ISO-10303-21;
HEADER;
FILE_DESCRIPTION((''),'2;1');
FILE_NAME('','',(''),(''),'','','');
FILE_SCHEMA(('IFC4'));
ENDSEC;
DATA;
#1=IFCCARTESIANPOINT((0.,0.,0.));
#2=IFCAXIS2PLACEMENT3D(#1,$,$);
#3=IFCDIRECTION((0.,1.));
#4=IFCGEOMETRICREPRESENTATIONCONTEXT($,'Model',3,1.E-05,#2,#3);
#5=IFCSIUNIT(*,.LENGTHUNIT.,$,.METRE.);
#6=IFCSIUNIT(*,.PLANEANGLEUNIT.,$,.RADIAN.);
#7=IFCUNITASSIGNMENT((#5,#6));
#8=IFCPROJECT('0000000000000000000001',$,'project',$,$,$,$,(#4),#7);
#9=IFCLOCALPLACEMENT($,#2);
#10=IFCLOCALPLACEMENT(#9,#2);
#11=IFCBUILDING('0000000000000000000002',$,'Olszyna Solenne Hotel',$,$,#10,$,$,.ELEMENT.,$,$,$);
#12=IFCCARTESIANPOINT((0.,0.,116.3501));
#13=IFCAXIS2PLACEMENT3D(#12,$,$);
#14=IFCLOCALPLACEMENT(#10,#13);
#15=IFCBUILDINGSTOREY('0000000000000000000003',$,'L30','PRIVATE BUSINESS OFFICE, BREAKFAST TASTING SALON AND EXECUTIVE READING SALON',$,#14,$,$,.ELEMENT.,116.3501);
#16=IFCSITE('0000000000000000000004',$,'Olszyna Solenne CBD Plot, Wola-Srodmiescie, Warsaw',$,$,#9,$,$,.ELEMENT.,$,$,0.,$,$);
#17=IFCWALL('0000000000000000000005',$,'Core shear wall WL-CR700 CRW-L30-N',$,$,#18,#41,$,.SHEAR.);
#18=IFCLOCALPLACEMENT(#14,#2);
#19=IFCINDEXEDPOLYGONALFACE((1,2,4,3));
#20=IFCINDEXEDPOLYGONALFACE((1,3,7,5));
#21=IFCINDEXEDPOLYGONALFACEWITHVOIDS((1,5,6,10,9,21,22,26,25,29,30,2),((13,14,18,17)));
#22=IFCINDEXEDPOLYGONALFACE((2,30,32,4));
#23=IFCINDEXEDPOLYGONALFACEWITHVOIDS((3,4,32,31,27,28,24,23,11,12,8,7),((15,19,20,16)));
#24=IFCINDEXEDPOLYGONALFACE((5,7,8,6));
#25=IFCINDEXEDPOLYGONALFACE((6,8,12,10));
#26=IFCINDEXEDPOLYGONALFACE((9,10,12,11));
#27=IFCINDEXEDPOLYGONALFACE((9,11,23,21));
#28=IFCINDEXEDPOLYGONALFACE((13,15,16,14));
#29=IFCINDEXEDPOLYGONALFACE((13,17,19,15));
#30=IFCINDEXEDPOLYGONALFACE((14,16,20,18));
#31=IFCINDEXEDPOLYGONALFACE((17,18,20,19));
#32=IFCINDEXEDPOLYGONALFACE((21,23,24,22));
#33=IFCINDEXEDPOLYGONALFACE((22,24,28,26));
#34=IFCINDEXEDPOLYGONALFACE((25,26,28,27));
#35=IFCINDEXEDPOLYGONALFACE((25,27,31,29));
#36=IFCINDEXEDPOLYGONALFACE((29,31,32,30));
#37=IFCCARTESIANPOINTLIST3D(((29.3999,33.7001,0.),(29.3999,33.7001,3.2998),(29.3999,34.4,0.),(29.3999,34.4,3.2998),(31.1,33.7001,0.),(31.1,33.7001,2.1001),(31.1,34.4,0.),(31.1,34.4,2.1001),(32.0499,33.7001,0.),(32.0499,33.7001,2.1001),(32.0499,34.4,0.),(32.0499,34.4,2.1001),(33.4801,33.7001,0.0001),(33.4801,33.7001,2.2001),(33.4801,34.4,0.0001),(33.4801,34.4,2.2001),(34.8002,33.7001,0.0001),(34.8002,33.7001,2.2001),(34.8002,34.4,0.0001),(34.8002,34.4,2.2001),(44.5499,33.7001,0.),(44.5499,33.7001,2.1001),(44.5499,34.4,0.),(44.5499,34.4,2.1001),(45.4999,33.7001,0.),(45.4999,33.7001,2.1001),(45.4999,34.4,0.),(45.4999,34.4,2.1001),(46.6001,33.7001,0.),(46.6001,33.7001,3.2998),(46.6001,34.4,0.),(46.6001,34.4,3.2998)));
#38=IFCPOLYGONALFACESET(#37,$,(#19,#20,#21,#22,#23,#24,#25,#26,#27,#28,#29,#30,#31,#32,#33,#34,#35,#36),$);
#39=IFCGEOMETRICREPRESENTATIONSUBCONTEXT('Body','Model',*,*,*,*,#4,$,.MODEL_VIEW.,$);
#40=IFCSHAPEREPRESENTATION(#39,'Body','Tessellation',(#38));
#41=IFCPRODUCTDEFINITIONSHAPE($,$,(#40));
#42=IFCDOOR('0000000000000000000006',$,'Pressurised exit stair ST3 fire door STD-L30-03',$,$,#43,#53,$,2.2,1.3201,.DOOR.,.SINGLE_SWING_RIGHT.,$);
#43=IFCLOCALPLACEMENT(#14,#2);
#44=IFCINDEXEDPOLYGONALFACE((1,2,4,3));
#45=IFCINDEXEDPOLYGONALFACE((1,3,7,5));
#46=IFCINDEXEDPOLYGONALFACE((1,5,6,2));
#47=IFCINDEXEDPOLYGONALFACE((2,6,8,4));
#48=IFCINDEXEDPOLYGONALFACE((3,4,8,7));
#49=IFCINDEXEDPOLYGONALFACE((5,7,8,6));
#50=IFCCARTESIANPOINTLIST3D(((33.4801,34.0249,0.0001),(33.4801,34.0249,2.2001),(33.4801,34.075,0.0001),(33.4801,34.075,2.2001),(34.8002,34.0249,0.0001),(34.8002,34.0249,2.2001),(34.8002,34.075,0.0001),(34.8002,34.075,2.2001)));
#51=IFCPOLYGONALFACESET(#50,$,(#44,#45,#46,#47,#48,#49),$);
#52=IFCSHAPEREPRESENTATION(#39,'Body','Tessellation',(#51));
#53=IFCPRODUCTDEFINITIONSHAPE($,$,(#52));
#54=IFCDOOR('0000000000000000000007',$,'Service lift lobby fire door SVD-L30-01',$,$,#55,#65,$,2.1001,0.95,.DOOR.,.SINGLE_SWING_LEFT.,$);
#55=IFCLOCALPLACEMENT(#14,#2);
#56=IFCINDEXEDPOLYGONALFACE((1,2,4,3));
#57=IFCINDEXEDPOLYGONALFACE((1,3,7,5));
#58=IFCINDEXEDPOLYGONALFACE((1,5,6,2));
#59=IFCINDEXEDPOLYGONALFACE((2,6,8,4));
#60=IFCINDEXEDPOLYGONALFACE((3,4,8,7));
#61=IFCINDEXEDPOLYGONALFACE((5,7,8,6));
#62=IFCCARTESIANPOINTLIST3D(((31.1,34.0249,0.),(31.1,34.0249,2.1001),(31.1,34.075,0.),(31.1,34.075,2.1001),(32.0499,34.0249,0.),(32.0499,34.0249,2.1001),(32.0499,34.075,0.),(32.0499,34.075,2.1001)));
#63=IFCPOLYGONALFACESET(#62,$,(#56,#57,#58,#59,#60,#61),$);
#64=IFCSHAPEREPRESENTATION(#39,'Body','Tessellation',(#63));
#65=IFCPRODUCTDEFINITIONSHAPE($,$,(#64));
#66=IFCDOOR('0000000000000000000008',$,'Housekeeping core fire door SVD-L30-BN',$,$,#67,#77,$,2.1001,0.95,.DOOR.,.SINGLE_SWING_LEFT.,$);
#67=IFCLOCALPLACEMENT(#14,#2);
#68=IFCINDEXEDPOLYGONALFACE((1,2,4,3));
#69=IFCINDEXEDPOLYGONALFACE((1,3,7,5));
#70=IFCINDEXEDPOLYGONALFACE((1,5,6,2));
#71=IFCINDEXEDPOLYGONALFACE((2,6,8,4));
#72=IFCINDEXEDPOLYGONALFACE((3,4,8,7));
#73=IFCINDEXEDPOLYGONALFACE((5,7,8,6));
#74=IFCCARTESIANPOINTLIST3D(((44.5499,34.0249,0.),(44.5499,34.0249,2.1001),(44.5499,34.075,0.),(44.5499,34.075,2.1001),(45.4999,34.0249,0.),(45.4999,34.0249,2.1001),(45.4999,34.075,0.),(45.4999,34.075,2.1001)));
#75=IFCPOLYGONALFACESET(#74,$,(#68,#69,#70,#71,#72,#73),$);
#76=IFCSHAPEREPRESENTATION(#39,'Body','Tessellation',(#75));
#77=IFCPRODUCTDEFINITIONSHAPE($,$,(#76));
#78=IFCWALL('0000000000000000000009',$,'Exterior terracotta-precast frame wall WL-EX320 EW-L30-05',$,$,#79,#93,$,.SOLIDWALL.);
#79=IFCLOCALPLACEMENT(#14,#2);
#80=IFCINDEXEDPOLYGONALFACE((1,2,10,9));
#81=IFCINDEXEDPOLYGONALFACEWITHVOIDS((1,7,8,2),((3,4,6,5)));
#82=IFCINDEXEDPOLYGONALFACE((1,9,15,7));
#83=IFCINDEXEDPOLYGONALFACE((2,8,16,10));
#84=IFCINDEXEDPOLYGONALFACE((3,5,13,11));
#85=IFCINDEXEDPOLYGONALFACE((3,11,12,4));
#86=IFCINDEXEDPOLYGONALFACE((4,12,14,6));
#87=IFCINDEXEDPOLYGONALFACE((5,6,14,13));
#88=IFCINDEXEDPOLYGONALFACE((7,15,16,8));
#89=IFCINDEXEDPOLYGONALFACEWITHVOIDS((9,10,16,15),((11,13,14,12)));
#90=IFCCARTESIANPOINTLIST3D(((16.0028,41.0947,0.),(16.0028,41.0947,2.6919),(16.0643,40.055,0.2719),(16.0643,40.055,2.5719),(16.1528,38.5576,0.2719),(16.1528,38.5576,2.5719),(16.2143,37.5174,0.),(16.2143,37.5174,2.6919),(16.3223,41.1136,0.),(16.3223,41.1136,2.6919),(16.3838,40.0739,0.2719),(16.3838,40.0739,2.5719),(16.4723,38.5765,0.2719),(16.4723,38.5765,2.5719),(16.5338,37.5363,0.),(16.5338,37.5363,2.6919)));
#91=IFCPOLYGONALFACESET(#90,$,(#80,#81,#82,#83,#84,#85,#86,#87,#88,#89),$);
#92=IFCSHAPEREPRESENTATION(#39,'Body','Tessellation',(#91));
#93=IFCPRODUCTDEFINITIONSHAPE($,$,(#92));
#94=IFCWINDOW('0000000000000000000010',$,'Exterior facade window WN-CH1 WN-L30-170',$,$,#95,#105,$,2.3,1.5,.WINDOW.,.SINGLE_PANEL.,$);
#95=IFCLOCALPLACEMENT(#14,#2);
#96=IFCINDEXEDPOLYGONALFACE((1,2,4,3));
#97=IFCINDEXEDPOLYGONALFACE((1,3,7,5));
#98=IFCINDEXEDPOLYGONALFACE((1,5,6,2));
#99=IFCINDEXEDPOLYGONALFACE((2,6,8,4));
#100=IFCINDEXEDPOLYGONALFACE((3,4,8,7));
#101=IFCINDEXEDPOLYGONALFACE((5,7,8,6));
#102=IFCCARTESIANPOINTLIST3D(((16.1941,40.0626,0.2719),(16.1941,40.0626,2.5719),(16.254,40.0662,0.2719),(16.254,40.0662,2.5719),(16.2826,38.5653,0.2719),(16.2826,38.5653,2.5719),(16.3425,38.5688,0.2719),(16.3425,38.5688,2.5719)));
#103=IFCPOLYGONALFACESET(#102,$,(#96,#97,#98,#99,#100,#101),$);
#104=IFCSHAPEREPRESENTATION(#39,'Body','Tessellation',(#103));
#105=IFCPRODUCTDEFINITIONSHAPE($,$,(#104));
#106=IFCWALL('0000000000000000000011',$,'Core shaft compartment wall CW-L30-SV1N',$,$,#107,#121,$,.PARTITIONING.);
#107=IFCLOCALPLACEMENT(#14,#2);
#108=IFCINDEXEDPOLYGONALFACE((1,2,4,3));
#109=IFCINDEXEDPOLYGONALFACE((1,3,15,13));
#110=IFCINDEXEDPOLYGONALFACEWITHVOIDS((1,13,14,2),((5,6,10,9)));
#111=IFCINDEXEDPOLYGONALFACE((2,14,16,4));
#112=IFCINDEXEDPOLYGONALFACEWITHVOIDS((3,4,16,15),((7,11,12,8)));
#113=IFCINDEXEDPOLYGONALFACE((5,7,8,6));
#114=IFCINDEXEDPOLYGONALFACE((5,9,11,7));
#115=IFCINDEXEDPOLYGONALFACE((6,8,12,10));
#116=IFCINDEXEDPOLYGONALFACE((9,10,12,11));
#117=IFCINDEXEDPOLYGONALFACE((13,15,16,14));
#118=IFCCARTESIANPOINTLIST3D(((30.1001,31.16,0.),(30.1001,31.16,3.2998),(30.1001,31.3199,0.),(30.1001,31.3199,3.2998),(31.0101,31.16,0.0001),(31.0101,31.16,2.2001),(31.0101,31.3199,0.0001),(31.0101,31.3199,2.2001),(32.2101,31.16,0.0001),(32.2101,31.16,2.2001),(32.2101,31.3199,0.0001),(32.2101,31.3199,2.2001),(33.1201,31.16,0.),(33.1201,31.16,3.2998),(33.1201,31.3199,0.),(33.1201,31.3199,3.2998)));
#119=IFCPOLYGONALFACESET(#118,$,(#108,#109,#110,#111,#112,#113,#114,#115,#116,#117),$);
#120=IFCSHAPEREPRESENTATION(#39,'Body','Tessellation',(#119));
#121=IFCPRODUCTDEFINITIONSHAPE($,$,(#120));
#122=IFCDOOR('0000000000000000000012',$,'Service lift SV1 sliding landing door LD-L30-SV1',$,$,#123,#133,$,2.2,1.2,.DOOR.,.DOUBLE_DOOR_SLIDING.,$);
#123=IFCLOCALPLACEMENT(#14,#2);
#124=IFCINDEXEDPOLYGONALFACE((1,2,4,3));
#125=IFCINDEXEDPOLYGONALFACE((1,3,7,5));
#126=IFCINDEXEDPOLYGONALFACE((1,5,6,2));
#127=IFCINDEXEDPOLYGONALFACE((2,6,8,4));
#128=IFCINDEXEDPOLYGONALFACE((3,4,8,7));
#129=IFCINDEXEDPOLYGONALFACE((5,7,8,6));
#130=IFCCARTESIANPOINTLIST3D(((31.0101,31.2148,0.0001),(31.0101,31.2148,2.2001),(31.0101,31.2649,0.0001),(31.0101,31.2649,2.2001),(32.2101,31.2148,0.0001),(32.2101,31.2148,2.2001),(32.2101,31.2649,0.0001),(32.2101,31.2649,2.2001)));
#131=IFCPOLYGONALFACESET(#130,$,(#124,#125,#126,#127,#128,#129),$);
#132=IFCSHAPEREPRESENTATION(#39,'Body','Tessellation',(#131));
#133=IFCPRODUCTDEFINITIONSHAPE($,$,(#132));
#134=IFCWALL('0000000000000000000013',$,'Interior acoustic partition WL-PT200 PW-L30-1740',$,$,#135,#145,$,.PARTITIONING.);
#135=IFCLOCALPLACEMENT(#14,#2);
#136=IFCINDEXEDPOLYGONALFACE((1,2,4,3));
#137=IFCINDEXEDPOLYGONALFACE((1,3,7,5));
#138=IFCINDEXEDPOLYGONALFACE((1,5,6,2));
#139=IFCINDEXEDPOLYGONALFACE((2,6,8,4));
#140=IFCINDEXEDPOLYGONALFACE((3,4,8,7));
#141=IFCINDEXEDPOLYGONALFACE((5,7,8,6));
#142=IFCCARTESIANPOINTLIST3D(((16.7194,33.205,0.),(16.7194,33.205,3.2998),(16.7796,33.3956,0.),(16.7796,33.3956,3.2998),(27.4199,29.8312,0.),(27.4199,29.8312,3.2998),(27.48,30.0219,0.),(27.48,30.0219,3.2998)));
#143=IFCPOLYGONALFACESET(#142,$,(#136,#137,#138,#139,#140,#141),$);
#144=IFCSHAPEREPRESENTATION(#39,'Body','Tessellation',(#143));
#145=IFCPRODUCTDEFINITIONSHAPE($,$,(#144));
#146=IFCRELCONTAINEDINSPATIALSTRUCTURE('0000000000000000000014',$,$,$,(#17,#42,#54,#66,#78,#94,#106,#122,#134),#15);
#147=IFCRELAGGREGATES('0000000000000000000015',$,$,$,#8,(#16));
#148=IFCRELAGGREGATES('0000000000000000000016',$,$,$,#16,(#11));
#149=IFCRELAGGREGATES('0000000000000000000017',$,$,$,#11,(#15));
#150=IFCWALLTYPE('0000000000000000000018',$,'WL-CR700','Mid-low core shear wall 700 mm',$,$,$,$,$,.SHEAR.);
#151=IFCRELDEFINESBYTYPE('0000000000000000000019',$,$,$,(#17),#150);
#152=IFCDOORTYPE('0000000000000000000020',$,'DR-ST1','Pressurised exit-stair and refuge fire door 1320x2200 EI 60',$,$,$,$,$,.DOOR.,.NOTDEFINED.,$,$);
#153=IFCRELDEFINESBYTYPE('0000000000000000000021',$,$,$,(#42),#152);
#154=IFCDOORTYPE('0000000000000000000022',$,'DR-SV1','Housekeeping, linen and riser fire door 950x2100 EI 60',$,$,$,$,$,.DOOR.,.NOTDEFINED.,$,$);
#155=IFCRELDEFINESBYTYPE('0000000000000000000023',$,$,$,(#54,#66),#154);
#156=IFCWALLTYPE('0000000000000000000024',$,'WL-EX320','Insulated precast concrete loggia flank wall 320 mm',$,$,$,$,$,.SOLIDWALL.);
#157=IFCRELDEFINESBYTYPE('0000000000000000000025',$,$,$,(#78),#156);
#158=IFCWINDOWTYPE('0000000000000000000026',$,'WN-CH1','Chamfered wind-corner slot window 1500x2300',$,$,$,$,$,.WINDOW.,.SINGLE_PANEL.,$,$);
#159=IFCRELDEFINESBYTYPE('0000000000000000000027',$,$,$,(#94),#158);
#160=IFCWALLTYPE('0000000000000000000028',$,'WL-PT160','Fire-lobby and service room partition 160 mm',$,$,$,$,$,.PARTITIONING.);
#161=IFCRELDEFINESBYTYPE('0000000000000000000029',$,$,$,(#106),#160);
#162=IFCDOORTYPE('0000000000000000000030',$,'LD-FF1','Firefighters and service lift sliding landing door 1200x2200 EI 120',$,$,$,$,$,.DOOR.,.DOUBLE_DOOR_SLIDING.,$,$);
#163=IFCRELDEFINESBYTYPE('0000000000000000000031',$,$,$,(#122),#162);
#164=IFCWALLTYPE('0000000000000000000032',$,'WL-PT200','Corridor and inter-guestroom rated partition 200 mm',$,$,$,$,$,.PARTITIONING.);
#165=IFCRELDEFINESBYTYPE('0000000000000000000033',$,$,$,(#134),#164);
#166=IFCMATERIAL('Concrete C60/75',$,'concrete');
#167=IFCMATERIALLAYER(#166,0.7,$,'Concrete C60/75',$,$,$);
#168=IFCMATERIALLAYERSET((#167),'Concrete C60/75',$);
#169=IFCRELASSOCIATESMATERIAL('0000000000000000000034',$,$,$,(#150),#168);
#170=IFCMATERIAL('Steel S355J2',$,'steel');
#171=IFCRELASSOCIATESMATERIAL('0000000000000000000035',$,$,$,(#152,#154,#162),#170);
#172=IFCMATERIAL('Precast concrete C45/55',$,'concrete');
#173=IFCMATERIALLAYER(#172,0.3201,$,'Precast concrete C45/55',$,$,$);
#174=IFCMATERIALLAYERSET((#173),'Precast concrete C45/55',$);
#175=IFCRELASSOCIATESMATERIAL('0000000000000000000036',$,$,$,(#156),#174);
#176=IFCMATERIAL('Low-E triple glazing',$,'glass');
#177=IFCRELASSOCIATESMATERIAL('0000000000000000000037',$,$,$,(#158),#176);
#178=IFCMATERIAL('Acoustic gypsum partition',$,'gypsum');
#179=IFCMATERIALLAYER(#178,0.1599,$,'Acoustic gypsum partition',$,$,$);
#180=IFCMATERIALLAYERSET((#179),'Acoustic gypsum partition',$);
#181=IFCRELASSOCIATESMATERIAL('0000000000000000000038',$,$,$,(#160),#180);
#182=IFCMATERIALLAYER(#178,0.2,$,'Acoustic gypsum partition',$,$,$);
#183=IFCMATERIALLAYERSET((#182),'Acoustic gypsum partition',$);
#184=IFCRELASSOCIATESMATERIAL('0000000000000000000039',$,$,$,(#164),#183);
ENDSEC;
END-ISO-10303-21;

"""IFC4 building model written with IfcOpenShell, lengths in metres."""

from ifc_helpers import new_model, si_unit, direction, frame, frame_2d, origin, place, context, subcontext, project, spatial, rectangle, extrude, source, transform, mapped, material, layer, layer_set, type_object, type_shapes, element, fill, save


model = new_model("IFC4")

# Units and contexts
model_context = context("Model", 3, precision=1e-05, world=origin(), true_north=direction((0.0, 1.0)))
body_context = subcontext(model_context, "Body", "Model", "MODEL_VIEW")
ifc_project = project(units=[si_unit("LENGTHUNIT", "METRE"), si_unit("PLANEANGLEUNIT", "RADIAN")], contexts=[model_context])

# Site, building, storey
site_placement = place(None, origin())
site = spatial("IfcSite", under=ifc_project, at=site_placement, Name="Olszyna Solenne CBD Plot, Wola-Srodmiescie, Warsaw", CompositionType="ELEMENT", RefElevation=0.0)
building_placement = place(site_placement, origin())
building = spatial("IfcBuilding", under=site, at=building_placement, Name="Olszyna Solenne Hotel", CompositionType="ELEMENT")
storey_placement = place(building_placement, frame((0.0, 0.0, 116.3501)))
storey = spatial("IfcBuildingStorey", under=building, at=storey_placement, Name="L30", Description="PRIVATE BUSINESS OFFICE, BREAKFAST TASTING SALON AND EXECUTIVE READING SALON", CompositionType="ELEMENT", Elevation=116.3501)

# Shared definitions
ifc_material_1 = material(Name="Steel S355J2", Category="steel")

# Wall, openings, doors
ifc_material_2 = material(Name="Concrete C60/75", Category="concrete")
ifc_layer_1 = layer(ifc_material_2, 0.7, Name="Concrete C60/75")
ifc_layer_set_1 = layer_set([ifc_layer_1], Name="Concrete C60/75")
wall_type_1 = type_object("IfcWallType", Name="WL-CR700", Description="Mid-low core shear wall 700 mm", PredefinedType="SHEAR", material=ifc_layer_set_1)
wall_1_placement = place(storey_placement, frame((29.3999, 34.05, 0.0), z_axis=(0.0, 0.0, 1.0), x_axis=(1.0, 0.0, 0.0)))
wall_1 = element("IfcWall", 1, at=wall_1_placement, inside=storey, type_object=wall_type_1, Name="Core shear wall WL-CR700 CRW-L30-N", PredefinedType="SHEAR", context=body_context, shape_type="SweptSolid", body=[
    extrude(rectangle(XDim=17.2002, YDim=0.7, at=frame_2d((8.6001, 0.0))), origin(), (0.0, 0.0, 1.0), 3.2998),
])
opening_1_placement = place(wall_1_placement, frame((1.7, 0.0, 0.0)))
opening_1 = element("IfcOpeningElement", 2, at=opening_1_placement, cuts=wall_1, PredefinedType="OPENING", context=body_context, shape_type="SweptSolid", body=[
    extrude(rectangle(XDim=0.95, YDim=2.1001, at=frame_2d((0.4751, 1.05))), frame((0.0, 0.3599, 0.0), z_axis=(0.0, -1.0, 0.0), x_axis=(1.0, 0.0, 0.0)), (0.0, 0.0, 1.0), 0.72),
])
opening_2_placement = place(wall_1_placement, frame((4.0801, 0.0, 0.0)))
opening_2 = element("IfcOpeningElement", 3, at=opening_2_placement, cuts=wall_1, PredefinedType="OPENING", context=body_context, shape_type="SweptSolid", body=[
    extrude(rectangle(XDim=1.3201, YDim=2.2, at=frame_2d((0.6602, 1.1001))), frame((0.0, 0.3599, 0.0), z_axis=(0.0, -1.0, 0.0), x_axis=(1.0, 0.0, 0.0)), (0.0, 0.0, 1.0), 0.72),
])
opening_3_placement = place(wall_1_placement, frame((15.1499, 0.0, 0.0)))
opening_3 = element("IfcOpeningElement", 4, at=opening_3_placement, cuts=wall_1, PredefinedType="OPENING", context=body_context, shape_type="SweptSolid", body=[
    extrude(rectangle(XDim=0.95, YDim=2.1001, at=frame_2d((0.4751, 1.05))), frame((0.0, 0.3599, 0.0), z_axis=(0.0, -1.0, 0.0), x_axis=(1.0, 0.0, 0.0)), (0.0, 0.0, 1.0), 0.72),
])
door_type_1 = type_object("IfcDoorType", Name="DR-ST1", Description="Pressurised exit-stair and refuge fire door 1320x2200 EI 60", OperationType="NOTDEFINED", PredefinedType="DOOR", material=ifc_material_1)
shared_shape_1 = source(origin(), body_context, "Body", "SweptSolid", [
    extrude(rectangle(XDim=1.3201, YDim=2.2, at=frame_2d((0.6602, 1.1001))), frame((0.0, 0.0249, 0.0), z_axis=(0.0, -1.0, 0.0), x_axis=(1.0, 0.0, 0.0)), (0.0, 0.0, 1.0), 0.05),
])
type_shapes(door_type_1, [shared_shape_1])
door_1_placement = place(opening_2_placement, origin())
door_1 = element("IfcDoor", 5, at=door_1_placement, inside=storey, type_object=door_type_1, Name="Pressurised exit stair ST3 fire door STD-L30-03", OperationType="SINGLE_SWING_RIGHT", OverallHeight=2.2, OverallWidth=1.3201, PredefinedType="DOOR", context=body_context, shape_type="MappedRepresentation", body=[
    mapped(shared_shape_1, transform((0.0, 0.0, 0.0), x_axis=(1.0, 0.0, 0.0), y_axis=(0.0, 1.0, 0.0), z_axis=(0.0, 0.0, 1.0), scale=1.0)),
])
fill(opening_2, door_1)
door_type_2 = type_object("IfcDoorType", Name="DR-SV1", Description="Housekeeping, linen and riser fire door 950x2100 EI 60", OperationType="NOTDEFINED", PredefinedType="DOOR", material=ifc_material_1)
shared_shape_2 = source(origin(), body_context, "Body", "SweptSolid", [
    extrude(rectangle(XDim=0.95, YDim=2.1001, at=frame_2d((0.4751, 1.05))), frame((0.0, 0.0249, 0.0), z_axis=(0.0, -1.0, 0.0), x_axis=(1.0, 0.0, 0.0)), (0.0, 0.0, 1.0), 0.05),
])
type_shapes(door_type_2, [shared_shape_2])
door_2_placement = place(opening_1_placement, origin())
door_2 = element("IfcDoor", 6, at=door_2_placement, inside=storey, type_object=door_type_2, Name="Service lift lobby fire door SVD-L30-01", OperationType="SINGLE_SWING_LEFT", OverallHeight=2.1001, OverallWidth=0.95, PredefinedType="DOOR", context=body_context, shape_type="MappedRepresentation", body=[
    mapped(shared_shape_2, transform((0.0, 0.0, 0.0), x_axis=(1.0, 0.0, 0.0), y_axis=(0.0, 1.0, 0.0), z_axis=(0.0, 0.0, 1.0), scale=1.0)),
])
fill(opening_1, door_2)
door_3_placement = place(opening_3_placement, origin())
door_3 = element("IfcDoor", 7, at=door_3_placement, inside=storey, type_object=door_type_2, Name="Housekeeping core fire door SVD-L30-BN", OperationType="SINGLE_SWING_LEFT", OverallHeight=2.1001, OverallWidth=0.95, PredefinedType="DOOR", context=body_context, shape_type="MappedRepresentation", body=[
    mapped(shared_shape_2, transform((0.0, 0.0, 0.0), x_axis=(1.0, 0.0, 0.0), y_axis=(0.0, 1.0, 0.0), z_axis=(0.0, 0.0, 1.0), scale=1.0)),
])
fill(opening_3, door_3)

# Wall, opening, window
ifc_material_3 = material(Name="Precast concrete C45/55", Category="concrete")
ifc_layer_2 = layer(ifc_material_3, 0.3201, Name="Precast concrete C45/55")
ifc_layer_set_2 = layer_set([ifc_layer_2], Name="Precast concrete C45/55")
wall_type_2 = type_object("IfcWallType", Name="WL-EX320", Description="Insulated precast concrete loggia flank wall 320 mm", PredefinedType="SOLIDWALL", material=ifc_layer_set_2)
wall_2_placement = place(storey_placement, frame((16.374, 37.5269, 0.0), z_axis=(0.0, 0.0, 1.0), x_axis=(-0.059002, 0.998258, 0.0)))
wall_2 = element("IfcWall", 8, at=wall_2_placement, inside=storey, type_object=wall_type_2, Name="Exterior terracotta-precast frame wall WL-EX320 EW-L30-05", PredefinedType="SOLIDWALL", context=body_context, shape_type="SweptSolid", body=[
    extrude(rectangle(XDim=3.5835, YDim=0.3201, at=frame_2d((1.7917, 0.0))), origin(), (0.0, 0.0, 1.0), 2.6919),
])
opening_4_placement = place(wall_2_placement, frame((1.042, 0.0, 0.272)))
opening_4 = element("IfcOpeningElement", 9, at=opening_4_placement, cuts=wall_2, PredefinedType="OPENING", context=body_context, shape_type="SweptSolid", body=[
    extrude(rectangle(XDim=1.5, YDim=2.3, at=frame_2d((0.75, 1.1499))), frame((0.0, 0.1699, 0.0), z_axis=(0.0, -1.0, 0.0), x_axis=(1.0, 0.0, 0.0)), (0.0, 0.0, 1.0), 0.3401),
])
ifc_material_4 = material(Name="Low-E triple glazing", Category="glass")
window_type = type_object("IfcWindowType", Name="WN-CH1", Description="Chamfered wind-corner slot window 1500x2300", PartitioningType="SINGLE_PANEL", PredefinedType="WINDOW", material=ifc_material_4)
shared_shape_3 = source(origin(), body_context, "Body", "SweptSolid", [
    extrude(rectangle(XDim=1.5, YDim=2.3, at=frame_2d((0.75, 1.1499))), frame((0.0, 0.03, 0.0), z_axis=(0.0, -1.0, 0.0), x_axis=(1.0, 0.0, 0.0)), (0.0, 0.0, 1.0), 0.0601),
])
type_shapes(window_type, [shared_shape_3])
window_placement = place(opening_4_placement, origin())
window = element("IfcWindow", 10, at=window_placement, inside=storey, type_object=window_type, Name="Exterior facade window WN-CH1 WN-L30-170", OverallHeight=2.3, OverallWidth=1.5, PartitioningType="SINGLE_PANEL", PredefinedType="WINDOW", context=body_context, shape_type="MappedRepresentation", body=[
    mapped(shared_shape_3, transform((0.0, 0.0, 0.0), x_axis=(1.0, 0.0, 0.0), y_axis=(0.0, 1.0, 0.0), z_axis=(0.0, 0.0, 1.0), scale=1.0)),
])
fill(opening_4, window)

# Wall, opening, door
ifc_material_5 = material(Name="Acoustic gypsum partition", Category="gypsum")
ifc_layer_3 = layer(ifc_material_5, 0.1599, Name="Acoustic gypsum partition")
ifc_layer_set_3 = layer_set([ifc_layer_3], Name="Acoustic gypsum partition")
wall_type_3 = type_object("IfcWallType", Name="WL-PT160", Description="Fire-lobby and service room partition 160 mm", PredefinedType="PARTITIONING", material=ifc_layer_set_3)
wall_3_placement = place(storey_placement, frame((30.1001, 31.24, 0.0), z_axis=(0.0, 0.0, 1.0), x_axis=(1.0, 0.0, 0.0)))
wall_3 = element("IfcWall", 11, at=wall_3_placement, inside=storey, type_object=wall_type_3, Name="Core shaft compartment wall CW-L30-SV1N", PredefinedType="PARTITIONING", context=body_context, shape_type="SweptSolid", body=[
    extrude(rectangle(XDim=3.02, YDim=0.1599, at=frame_2d((1.51, 0.0))), origin(), (0.0, 0.0, 1.0), 3.2998),
])
opening_5_placement = place(wall_3_placement, frame((0.9099, 0.0, 0.0)))
opening_5 = element("IfcOpeningElement", 12, at=opening_5_placement, cuts=wall_3, PredefinedType="OPENING", context=body_context, shape_type="SweptSolid", body=[
    extrude(rectangle(XDim=1.2, YDim=2.2, at=frame_2d((0.6001, 1.1001))), frame((0.0, 0.0898, 0.0), z_axis=(0.0, -1.0, 0.0), x_axis=(1.0, 0.0, 0.0)), (0.0, 0.0, 1.0), 0.1799),
])
door_type_3 = type_object("IfcDoorType", Name="LD-FF1", Description="Firefighters and service lift sliding landing door 1200x2200 EI 120", OperationType="DOUBLE_DOOR_SLIDING", PredefinedType="DOOR", material=ifc_material_1)
shared_shape_4 = source(origin(), body_context, "Body", "SweptSolid", [
    extrude(rectangle(XDim=1.2, YDim=2.2, at=frame_2d((0.6001, 1.1001))), frame((0.0, 0.0249, 0.0), z_axis=(0.0, -1.0, 0.0), x_axis=(1.0, 0.0, 0.0)), (0.0, 0.0, 1.0), 0.05),
])
type_shapes(door_type_3, [shared_shape_4])
door_4_placement = place(opening_5_placement, origin())
door_4 = element("IfcDoor", 13, at=door_4_placement, inside=storey, type_object=door_type_3, Name="Service lift SV1 sliding landing door LD-L30-SV1", OperationType="DOUBLE_DOOR_SLIDING", OverallHeight=2.2, OverallWidth=1.2, PredefinedType="DOOR", context=body_context, shape_type="MappedRepresentation", body=[
    mapped(shared_shape_4, transform((0.0, 0.0, 0.0), x_axis=(1.0, 0.0, 0.0), y_axis=(0.0, 1.0, 0.0), z_axis=(0.0, 0.0, 1.0), scale=1.0)),
])
fill(opening_5, door_4)

# Wall
ifc_layer_4 = layer(ifc_material_5, 0.2, Name="Acoustic gypsum partition")
ifc_layer_set_4 = layer_set([ifc_layer_4], Name="Acoustic gypsum partition")
wall_type_4 = type_object("IfcWallType", Name="WL-PT200", Description="Corridor and inter-guestroom rated partition 200 mm", PredefinedType="PARTITIONING", material=ifc_layer_set_4)
wall_4_placement = place(storey_placement, frame((27.45, 29.9265, 0.0), z_axis=(0.0, 0.0, 1.0), x_axis=(-0.953718, 0.300701, 0.0)))
element("IfcWall", 14, at=wall_4_placement, inside=storey, type_object=wall_type_4, Name="Interior acoustic partition WL-PT200 PW-L30-1740", PredefinedType="PARTITIONING", context=body_context, shape_type="SweptSolid", body=[
    extrude(rectangle(XDim=11.2197, YDim=0.2, at=frame_2d((5.6099, 0.0))), origin(), (0.0, 0.0, 1.0), 3.2998),
])

save(model, "model.ifc")
